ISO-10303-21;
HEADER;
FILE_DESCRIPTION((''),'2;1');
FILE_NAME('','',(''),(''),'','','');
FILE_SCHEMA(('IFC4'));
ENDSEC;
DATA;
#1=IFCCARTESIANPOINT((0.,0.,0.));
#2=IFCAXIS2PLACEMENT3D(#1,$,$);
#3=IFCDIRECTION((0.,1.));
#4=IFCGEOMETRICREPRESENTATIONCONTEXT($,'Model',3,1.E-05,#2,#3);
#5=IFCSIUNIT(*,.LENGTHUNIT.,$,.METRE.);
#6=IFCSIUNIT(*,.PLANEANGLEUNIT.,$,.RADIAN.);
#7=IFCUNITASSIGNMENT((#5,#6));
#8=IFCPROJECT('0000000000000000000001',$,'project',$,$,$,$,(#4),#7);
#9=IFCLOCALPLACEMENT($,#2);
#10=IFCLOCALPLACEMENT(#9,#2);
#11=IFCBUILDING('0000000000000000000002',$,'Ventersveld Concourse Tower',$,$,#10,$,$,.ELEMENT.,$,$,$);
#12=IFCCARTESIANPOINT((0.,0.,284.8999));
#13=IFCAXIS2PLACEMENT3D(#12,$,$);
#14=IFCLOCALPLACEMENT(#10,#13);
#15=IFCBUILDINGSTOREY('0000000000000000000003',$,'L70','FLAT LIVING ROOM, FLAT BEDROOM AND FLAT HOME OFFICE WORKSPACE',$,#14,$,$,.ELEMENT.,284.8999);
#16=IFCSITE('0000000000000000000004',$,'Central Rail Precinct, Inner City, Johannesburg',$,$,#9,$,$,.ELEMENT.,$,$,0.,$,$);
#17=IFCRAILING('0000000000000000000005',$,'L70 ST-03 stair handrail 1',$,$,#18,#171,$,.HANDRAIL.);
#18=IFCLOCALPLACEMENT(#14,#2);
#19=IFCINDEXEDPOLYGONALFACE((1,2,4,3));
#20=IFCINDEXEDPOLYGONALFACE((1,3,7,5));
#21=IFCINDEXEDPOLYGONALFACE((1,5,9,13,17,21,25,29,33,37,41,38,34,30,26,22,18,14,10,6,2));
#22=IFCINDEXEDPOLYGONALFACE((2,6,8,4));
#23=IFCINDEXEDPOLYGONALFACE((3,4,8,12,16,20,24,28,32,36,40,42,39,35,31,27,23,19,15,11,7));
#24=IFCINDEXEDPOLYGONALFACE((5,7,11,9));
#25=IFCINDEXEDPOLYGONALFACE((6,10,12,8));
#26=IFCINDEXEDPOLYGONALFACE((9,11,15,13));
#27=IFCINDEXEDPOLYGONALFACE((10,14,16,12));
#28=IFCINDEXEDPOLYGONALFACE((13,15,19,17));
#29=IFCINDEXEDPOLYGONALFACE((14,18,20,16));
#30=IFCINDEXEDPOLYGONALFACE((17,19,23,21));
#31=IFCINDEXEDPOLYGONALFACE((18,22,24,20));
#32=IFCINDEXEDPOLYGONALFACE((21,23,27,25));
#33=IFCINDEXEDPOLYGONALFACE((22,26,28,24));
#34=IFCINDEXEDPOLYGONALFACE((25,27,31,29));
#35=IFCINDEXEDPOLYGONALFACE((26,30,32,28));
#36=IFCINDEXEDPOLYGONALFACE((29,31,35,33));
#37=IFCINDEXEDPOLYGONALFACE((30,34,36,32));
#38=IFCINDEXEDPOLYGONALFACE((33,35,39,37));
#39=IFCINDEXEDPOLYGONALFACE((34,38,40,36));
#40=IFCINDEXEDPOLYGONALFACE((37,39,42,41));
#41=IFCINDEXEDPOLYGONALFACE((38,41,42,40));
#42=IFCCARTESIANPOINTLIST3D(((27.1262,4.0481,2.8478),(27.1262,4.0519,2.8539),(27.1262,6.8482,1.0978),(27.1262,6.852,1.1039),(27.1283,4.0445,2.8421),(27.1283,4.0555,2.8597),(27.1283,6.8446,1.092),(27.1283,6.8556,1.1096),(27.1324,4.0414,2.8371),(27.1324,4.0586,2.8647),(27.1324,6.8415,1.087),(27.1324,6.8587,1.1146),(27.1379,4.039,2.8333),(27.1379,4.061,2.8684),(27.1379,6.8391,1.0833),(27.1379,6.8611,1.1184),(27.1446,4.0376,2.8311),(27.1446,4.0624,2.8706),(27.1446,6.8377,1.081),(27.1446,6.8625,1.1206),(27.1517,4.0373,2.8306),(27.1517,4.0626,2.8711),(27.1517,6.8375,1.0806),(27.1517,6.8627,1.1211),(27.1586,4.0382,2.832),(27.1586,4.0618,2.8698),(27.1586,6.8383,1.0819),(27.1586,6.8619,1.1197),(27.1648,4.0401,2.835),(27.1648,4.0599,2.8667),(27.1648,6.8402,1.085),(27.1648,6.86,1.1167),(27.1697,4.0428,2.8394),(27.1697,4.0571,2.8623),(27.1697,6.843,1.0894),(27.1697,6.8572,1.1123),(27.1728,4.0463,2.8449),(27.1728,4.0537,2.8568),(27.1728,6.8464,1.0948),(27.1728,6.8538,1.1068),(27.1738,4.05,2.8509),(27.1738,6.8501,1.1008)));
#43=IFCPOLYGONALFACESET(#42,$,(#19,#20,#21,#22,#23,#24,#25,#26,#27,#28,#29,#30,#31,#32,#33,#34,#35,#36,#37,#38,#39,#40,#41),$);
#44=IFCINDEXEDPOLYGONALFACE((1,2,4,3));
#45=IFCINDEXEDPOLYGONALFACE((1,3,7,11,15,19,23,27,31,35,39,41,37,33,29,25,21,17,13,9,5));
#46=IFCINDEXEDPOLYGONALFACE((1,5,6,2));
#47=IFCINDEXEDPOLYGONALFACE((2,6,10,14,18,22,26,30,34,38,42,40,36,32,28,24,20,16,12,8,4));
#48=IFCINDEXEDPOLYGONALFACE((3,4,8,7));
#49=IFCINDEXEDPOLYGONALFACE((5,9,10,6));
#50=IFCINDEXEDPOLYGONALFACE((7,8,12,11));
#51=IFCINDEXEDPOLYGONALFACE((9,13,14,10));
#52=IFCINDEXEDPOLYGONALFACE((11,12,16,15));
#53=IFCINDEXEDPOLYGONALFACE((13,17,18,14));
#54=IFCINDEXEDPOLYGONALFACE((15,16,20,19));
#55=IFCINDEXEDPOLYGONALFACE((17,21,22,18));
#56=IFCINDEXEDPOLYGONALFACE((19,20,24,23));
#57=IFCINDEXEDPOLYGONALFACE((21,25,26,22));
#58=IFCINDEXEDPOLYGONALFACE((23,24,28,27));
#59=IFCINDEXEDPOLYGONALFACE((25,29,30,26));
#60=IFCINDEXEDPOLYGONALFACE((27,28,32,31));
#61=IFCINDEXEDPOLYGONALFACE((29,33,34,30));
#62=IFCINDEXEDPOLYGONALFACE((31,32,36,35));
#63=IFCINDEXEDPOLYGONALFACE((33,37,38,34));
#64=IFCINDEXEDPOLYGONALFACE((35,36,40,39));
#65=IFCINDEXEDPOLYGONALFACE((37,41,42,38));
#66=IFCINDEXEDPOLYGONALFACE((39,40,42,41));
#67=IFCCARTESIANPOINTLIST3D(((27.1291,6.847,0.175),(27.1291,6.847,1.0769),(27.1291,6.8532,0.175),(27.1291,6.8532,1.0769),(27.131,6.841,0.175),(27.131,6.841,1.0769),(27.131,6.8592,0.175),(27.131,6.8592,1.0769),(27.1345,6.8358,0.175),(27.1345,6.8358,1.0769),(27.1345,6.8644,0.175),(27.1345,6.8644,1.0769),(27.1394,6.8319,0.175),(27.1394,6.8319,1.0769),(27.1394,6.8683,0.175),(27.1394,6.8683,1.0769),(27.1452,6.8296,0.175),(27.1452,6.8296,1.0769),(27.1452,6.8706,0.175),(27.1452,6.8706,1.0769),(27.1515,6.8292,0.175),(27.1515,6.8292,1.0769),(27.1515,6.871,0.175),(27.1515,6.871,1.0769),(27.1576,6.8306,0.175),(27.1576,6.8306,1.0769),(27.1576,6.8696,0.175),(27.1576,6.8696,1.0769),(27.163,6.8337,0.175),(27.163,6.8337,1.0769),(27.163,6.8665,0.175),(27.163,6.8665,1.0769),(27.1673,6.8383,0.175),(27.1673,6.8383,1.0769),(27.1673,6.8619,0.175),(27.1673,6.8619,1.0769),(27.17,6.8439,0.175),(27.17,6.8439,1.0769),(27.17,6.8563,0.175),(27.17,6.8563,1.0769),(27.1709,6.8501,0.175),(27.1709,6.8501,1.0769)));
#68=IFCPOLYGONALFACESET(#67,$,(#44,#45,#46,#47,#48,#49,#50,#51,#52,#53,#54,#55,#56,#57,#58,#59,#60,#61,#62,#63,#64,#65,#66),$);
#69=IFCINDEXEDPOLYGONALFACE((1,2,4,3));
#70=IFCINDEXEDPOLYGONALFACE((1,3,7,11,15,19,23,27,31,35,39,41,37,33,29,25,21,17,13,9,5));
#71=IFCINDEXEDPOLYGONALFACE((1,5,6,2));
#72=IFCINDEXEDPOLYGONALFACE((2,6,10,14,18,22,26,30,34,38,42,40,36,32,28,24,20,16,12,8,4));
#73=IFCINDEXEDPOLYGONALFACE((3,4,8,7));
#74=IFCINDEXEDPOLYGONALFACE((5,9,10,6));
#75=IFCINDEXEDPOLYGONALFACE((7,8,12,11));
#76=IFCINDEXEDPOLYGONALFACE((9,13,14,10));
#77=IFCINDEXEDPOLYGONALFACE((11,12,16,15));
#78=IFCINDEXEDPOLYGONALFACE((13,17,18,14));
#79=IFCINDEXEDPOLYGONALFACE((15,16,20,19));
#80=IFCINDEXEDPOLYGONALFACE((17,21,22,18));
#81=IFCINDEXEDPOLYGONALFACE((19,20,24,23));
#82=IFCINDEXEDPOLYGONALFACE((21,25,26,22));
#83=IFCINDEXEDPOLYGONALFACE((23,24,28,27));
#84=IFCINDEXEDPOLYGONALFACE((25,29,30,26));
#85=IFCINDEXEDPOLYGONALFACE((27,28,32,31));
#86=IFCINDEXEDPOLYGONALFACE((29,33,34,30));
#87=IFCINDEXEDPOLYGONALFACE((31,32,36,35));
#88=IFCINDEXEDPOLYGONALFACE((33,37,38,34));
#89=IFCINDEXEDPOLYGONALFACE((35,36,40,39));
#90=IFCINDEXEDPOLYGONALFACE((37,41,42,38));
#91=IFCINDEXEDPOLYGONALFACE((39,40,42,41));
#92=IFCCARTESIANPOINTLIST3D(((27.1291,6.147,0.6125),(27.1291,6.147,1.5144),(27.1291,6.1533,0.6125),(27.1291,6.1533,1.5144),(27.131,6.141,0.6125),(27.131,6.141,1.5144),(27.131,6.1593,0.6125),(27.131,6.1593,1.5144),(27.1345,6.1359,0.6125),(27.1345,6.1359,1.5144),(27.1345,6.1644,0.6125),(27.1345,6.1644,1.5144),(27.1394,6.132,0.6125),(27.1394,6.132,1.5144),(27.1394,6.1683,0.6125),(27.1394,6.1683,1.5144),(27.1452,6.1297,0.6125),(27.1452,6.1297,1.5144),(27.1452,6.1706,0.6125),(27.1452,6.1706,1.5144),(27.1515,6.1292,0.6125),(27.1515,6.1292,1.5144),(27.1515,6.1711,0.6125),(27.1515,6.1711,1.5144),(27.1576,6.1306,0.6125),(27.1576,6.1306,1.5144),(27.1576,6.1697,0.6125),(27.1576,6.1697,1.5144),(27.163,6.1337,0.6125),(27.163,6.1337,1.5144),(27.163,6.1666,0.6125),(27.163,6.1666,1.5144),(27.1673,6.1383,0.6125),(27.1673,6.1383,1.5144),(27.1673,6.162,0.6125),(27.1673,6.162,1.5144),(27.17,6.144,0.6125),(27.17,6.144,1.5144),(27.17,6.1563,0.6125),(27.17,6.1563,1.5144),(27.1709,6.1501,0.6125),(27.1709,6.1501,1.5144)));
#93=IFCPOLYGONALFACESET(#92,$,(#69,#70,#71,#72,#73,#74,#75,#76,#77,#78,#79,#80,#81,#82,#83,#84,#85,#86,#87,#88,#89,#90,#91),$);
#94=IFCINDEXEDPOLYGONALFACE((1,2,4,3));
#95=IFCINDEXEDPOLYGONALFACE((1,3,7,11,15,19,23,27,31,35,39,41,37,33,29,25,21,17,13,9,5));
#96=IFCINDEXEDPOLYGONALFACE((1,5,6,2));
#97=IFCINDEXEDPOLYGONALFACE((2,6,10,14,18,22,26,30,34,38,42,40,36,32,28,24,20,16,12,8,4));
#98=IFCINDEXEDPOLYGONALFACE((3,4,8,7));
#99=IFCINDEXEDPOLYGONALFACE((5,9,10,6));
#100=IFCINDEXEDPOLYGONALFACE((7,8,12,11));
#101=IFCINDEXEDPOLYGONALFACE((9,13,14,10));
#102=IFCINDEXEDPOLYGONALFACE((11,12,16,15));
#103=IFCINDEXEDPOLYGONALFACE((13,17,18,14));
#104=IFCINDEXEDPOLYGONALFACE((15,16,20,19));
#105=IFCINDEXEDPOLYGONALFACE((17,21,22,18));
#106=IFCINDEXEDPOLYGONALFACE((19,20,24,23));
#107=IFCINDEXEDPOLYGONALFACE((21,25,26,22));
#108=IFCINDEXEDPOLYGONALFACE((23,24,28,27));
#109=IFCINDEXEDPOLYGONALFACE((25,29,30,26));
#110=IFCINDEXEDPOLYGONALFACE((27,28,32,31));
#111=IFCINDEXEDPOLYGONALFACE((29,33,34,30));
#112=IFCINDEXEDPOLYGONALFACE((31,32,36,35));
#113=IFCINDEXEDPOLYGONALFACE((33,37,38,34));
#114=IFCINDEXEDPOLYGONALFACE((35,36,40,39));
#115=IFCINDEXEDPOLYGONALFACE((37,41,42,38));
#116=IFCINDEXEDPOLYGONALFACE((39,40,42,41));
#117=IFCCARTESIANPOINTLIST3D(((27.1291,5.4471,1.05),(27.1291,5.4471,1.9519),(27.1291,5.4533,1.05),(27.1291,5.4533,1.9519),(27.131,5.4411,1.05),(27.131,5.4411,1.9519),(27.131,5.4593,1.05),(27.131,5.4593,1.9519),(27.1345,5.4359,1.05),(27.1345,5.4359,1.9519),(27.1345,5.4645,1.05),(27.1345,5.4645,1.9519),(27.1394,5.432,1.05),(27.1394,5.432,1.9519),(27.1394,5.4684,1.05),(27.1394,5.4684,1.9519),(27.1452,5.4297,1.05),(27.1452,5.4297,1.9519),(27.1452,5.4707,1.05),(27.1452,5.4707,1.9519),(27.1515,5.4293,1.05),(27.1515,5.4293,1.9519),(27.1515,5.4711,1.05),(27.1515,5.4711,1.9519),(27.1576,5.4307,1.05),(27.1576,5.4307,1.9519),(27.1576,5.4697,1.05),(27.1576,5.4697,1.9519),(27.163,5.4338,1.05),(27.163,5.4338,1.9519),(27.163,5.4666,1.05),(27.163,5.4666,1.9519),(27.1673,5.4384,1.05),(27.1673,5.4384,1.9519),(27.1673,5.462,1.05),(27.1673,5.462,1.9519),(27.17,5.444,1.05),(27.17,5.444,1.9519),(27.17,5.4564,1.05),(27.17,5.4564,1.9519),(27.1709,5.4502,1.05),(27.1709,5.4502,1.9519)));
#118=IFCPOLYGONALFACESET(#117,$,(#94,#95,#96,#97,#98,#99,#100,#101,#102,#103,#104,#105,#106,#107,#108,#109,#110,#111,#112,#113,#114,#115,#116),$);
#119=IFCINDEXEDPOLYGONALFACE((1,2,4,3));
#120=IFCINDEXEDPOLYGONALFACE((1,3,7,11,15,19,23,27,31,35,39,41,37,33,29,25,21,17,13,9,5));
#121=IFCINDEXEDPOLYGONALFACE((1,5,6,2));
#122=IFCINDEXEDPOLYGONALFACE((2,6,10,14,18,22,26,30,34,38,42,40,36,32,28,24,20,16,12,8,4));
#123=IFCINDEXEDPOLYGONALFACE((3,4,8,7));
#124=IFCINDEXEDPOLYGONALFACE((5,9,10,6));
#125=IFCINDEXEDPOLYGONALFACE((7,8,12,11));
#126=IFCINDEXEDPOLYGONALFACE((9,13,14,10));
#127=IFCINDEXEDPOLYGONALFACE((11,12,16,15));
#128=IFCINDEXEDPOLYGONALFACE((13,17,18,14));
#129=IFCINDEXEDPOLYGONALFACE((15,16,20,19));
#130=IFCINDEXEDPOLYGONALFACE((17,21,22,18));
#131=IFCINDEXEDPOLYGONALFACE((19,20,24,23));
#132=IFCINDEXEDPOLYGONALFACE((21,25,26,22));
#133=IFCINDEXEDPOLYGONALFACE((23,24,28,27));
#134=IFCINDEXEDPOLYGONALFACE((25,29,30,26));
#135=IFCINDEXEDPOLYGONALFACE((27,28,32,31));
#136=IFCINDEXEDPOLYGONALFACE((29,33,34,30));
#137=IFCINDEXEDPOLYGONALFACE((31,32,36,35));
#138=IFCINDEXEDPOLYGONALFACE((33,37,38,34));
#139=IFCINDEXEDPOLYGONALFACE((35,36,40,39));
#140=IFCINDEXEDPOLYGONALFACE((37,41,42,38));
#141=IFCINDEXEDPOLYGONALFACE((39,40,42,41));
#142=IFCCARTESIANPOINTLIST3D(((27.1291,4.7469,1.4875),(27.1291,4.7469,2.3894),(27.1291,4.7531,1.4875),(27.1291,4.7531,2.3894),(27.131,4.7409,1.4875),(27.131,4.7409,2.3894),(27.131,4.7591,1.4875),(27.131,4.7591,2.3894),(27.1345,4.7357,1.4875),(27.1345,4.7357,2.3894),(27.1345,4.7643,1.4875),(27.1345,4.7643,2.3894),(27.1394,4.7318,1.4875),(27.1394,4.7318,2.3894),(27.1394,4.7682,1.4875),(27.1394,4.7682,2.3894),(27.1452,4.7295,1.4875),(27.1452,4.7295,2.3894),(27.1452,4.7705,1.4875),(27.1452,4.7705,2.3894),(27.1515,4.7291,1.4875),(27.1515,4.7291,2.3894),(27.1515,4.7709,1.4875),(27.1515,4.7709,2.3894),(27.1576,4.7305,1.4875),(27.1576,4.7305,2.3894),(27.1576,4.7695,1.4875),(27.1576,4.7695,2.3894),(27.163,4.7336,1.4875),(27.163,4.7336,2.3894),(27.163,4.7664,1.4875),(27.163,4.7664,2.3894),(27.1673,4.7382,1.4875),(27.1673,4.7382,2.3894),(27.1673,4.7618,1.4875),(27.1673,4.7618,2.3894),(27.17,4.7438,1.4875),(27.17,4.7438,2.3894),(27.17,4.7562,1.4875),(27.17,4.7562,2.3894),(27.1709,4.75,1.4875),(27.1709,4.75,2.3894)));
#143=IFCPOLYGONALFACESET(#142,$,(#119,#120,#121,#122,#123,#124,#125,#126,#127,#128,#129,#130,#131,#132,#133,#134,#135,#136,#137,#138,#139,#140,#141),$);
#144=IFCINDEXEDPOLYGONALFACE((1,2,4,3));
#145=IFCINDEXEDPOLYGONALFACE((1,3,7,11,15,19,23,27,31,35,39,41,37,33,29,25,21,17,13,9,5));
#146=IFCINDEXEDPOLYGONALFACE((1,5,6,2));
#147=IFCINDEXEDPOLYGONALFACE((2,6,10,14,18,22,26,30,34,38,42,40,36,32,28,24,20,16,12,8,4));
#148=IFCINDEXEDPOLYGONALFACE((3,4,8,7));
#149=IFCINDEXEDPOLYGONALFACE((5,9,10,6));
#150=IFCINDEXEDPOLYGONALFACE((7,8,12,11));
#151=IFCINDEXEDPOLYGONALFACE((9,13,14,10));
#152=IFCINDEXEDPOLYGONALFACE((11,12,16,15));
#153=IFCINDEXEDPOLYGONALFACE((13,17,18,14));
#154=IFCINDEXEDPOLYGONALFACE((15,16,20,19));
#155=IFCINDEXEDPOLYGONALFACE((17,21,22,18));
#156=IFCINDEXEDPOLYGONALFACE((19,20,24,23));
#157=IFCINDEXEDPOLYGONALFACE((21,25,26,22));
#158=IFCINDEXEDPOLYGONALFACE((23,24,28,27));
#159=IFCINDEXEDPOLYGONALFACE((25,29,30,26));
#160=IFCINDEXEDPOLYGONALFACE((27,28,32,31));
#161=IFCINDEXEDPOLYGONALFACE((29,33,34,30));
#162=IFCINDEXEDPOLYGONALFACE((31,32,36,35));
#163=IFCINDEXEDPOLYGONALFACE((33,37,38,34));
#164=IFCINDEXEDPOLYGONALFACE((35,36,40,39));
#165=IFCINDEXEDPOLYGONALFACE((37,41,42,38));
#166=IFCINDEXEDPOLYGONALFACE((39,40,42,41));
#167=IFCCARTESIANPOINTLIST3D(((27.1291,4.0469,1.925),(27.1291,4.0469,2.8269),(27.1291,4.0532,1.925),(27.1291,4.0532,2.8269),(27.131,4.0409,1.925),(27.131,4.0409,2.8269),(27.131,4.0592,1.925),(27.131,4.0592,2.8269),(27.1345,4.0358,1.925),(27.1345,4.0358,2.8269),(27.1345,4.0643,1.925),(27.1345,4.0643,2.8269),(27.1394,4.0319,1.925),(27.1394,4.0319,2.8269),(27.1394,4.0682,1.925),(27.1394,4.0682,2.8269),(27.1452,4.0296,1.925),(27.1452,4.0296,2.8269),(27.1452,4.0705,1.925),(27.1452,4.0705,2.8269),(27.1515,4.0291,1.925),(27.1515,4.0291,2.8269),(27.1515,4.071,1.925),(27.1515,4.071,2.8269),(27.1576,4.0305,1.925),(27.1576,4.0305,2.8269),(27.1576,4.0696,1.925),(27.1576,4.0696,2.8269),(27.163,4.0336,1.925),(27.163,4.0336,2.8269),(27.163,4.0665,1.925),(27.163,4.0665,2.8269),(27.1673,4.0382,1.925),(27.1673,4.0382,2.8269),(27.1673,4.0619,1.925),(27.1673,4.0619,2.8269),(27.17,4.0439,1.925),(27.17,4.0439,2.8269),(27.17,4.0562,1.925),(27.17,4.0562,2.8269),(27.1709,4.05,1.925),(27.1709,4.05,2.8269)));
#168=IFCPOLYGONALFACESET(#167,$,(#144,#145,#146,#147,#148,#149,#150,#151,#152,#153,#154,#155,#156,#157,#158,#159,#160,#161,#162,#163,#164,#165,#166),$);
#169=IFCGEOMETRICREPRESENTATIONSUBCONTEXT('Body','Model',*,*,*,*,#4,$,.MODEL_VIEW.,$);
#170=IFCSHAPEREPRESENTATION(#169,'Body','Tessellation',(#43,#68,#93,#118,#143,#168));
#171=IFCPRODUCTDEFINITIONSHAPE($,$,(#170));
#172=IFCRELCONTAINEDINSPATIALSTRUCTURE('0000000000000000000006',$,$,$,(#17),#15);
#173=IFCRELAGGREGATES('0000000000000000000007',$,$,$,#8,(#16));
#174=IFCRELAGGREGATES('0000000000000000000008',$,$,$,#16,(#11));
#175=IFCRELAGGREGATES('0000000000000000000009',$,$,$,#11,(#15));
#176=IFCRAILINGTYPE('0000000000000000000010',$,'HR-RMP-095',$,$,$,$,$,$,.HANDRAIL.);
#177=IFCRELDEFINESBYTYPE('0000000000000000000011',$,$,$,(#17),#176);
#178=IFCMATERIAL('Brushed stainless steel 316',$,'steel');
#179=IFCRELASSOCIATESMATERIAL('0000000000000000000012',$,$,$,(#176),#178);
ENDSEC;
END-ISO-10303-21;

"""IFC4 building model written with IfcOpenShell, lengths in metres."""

from ifc_helpers import new_model, si_unit, direction, frame, origin, origin_2d, place, context, subcontext, project, spatial, circle, extrude, material, type_object, element, save


model = new_model("IFC4")

# Units and contexts
model_context = context("Model", 3, precision=1e-05, world=origin(), true_north=direction((0.0, 1.0)))
body_context = subcontext(model_context, "Body", "Model", "MODEL_VIEW")
ifc_project = project(units=[si_unit("LENGTHUNIT", "METRE"), si_unit("PLANEANGLEUNIT", "RADIAN")], contexts=[model_context])

# Site, building, storey
site_placement = place(None, origin())
site = spatial("IfcSite", under=ifc_project, at=site_placement, Name="Central Rail Precinct, Inner City, Johannesburg", CompositionType="ELEMENT", RefElevation=0.0)
building_placement = place(site_placement, origin())
building = spatial("IfcBuilding", under=site, at=building_placement, Name="Ventersveld Concourse Tower", CompositionType="ELEMENT")
storey_placement = place(building_placement, frame((0.0, 0.0, 284.8999)))
storey = spatial("IfcBuildingStorey", under=building, at=storey_placement, Name="L70", Description="FLAT LIVING ROOM, FLAT BEDROOM AND FLAT HOME OFFICE WORKSPACE", CompositionType="ELEMENT", Elevation=284.8999)

# Shared definitions
ifc_material_1 = material(Name="Brushed stainless steel 316", Category="steel")

# Railing
railing_type_1 = type_object("IfcRailingType", Name="HR-RMP-095", PredefinedType="HANDRAIL", material=ifc_material_1)
railing_1_placement = place(storey_placement, frame((27.1499, 6.8501, 0.175)))
element("IfcRailing", 1, at=railing_1_placement, inside=storey, type_object=railing_type_1, Name="L70 ST-03 stair handrail 1", PredefinedType="HANDRAIL", context=body_context, shape_type="SweptSolid", body=[
    extrude(circle(Radius=0.0239, at=origin_2d()), frame((0.0, 0.0, 0.9258), z_axis=(0.0, -0.848002, 0.529992), x_axis=(1.0, 0.0, 0.0)), (0.0, 0.0, 1.0), 3.302),
    extrude(circle(Radius=0.021, at=origin_2d()), origin(), (0.0, 0.0, 1.0), 0.9019),
    extrude(circle(Radius=0.021, at=origin_2d()), frame((0.0, -0.7, 0.4375)), (0.0, 0.0, 1.0), 0.9019),
    extrude(circle(Radius=0.021, at=origin_2d()), frame((0.0, -1.3999, 0.875)), (0.0, 0.0, 1.0), 0.9019),
    extrude(circle(Radius=0.021, at=origin_2d()), frame((0.0, -2.1001, 1.3125)), (0.0, 0.0, 1.0), 0.9019),
    extrude(circle(Radius=0.021, at=origin_2d()), frame((0.0, -2.8, 1.75)), (0.0, 0.0, 1.0), 0.9019),
])

save(model, "model.ifc")
